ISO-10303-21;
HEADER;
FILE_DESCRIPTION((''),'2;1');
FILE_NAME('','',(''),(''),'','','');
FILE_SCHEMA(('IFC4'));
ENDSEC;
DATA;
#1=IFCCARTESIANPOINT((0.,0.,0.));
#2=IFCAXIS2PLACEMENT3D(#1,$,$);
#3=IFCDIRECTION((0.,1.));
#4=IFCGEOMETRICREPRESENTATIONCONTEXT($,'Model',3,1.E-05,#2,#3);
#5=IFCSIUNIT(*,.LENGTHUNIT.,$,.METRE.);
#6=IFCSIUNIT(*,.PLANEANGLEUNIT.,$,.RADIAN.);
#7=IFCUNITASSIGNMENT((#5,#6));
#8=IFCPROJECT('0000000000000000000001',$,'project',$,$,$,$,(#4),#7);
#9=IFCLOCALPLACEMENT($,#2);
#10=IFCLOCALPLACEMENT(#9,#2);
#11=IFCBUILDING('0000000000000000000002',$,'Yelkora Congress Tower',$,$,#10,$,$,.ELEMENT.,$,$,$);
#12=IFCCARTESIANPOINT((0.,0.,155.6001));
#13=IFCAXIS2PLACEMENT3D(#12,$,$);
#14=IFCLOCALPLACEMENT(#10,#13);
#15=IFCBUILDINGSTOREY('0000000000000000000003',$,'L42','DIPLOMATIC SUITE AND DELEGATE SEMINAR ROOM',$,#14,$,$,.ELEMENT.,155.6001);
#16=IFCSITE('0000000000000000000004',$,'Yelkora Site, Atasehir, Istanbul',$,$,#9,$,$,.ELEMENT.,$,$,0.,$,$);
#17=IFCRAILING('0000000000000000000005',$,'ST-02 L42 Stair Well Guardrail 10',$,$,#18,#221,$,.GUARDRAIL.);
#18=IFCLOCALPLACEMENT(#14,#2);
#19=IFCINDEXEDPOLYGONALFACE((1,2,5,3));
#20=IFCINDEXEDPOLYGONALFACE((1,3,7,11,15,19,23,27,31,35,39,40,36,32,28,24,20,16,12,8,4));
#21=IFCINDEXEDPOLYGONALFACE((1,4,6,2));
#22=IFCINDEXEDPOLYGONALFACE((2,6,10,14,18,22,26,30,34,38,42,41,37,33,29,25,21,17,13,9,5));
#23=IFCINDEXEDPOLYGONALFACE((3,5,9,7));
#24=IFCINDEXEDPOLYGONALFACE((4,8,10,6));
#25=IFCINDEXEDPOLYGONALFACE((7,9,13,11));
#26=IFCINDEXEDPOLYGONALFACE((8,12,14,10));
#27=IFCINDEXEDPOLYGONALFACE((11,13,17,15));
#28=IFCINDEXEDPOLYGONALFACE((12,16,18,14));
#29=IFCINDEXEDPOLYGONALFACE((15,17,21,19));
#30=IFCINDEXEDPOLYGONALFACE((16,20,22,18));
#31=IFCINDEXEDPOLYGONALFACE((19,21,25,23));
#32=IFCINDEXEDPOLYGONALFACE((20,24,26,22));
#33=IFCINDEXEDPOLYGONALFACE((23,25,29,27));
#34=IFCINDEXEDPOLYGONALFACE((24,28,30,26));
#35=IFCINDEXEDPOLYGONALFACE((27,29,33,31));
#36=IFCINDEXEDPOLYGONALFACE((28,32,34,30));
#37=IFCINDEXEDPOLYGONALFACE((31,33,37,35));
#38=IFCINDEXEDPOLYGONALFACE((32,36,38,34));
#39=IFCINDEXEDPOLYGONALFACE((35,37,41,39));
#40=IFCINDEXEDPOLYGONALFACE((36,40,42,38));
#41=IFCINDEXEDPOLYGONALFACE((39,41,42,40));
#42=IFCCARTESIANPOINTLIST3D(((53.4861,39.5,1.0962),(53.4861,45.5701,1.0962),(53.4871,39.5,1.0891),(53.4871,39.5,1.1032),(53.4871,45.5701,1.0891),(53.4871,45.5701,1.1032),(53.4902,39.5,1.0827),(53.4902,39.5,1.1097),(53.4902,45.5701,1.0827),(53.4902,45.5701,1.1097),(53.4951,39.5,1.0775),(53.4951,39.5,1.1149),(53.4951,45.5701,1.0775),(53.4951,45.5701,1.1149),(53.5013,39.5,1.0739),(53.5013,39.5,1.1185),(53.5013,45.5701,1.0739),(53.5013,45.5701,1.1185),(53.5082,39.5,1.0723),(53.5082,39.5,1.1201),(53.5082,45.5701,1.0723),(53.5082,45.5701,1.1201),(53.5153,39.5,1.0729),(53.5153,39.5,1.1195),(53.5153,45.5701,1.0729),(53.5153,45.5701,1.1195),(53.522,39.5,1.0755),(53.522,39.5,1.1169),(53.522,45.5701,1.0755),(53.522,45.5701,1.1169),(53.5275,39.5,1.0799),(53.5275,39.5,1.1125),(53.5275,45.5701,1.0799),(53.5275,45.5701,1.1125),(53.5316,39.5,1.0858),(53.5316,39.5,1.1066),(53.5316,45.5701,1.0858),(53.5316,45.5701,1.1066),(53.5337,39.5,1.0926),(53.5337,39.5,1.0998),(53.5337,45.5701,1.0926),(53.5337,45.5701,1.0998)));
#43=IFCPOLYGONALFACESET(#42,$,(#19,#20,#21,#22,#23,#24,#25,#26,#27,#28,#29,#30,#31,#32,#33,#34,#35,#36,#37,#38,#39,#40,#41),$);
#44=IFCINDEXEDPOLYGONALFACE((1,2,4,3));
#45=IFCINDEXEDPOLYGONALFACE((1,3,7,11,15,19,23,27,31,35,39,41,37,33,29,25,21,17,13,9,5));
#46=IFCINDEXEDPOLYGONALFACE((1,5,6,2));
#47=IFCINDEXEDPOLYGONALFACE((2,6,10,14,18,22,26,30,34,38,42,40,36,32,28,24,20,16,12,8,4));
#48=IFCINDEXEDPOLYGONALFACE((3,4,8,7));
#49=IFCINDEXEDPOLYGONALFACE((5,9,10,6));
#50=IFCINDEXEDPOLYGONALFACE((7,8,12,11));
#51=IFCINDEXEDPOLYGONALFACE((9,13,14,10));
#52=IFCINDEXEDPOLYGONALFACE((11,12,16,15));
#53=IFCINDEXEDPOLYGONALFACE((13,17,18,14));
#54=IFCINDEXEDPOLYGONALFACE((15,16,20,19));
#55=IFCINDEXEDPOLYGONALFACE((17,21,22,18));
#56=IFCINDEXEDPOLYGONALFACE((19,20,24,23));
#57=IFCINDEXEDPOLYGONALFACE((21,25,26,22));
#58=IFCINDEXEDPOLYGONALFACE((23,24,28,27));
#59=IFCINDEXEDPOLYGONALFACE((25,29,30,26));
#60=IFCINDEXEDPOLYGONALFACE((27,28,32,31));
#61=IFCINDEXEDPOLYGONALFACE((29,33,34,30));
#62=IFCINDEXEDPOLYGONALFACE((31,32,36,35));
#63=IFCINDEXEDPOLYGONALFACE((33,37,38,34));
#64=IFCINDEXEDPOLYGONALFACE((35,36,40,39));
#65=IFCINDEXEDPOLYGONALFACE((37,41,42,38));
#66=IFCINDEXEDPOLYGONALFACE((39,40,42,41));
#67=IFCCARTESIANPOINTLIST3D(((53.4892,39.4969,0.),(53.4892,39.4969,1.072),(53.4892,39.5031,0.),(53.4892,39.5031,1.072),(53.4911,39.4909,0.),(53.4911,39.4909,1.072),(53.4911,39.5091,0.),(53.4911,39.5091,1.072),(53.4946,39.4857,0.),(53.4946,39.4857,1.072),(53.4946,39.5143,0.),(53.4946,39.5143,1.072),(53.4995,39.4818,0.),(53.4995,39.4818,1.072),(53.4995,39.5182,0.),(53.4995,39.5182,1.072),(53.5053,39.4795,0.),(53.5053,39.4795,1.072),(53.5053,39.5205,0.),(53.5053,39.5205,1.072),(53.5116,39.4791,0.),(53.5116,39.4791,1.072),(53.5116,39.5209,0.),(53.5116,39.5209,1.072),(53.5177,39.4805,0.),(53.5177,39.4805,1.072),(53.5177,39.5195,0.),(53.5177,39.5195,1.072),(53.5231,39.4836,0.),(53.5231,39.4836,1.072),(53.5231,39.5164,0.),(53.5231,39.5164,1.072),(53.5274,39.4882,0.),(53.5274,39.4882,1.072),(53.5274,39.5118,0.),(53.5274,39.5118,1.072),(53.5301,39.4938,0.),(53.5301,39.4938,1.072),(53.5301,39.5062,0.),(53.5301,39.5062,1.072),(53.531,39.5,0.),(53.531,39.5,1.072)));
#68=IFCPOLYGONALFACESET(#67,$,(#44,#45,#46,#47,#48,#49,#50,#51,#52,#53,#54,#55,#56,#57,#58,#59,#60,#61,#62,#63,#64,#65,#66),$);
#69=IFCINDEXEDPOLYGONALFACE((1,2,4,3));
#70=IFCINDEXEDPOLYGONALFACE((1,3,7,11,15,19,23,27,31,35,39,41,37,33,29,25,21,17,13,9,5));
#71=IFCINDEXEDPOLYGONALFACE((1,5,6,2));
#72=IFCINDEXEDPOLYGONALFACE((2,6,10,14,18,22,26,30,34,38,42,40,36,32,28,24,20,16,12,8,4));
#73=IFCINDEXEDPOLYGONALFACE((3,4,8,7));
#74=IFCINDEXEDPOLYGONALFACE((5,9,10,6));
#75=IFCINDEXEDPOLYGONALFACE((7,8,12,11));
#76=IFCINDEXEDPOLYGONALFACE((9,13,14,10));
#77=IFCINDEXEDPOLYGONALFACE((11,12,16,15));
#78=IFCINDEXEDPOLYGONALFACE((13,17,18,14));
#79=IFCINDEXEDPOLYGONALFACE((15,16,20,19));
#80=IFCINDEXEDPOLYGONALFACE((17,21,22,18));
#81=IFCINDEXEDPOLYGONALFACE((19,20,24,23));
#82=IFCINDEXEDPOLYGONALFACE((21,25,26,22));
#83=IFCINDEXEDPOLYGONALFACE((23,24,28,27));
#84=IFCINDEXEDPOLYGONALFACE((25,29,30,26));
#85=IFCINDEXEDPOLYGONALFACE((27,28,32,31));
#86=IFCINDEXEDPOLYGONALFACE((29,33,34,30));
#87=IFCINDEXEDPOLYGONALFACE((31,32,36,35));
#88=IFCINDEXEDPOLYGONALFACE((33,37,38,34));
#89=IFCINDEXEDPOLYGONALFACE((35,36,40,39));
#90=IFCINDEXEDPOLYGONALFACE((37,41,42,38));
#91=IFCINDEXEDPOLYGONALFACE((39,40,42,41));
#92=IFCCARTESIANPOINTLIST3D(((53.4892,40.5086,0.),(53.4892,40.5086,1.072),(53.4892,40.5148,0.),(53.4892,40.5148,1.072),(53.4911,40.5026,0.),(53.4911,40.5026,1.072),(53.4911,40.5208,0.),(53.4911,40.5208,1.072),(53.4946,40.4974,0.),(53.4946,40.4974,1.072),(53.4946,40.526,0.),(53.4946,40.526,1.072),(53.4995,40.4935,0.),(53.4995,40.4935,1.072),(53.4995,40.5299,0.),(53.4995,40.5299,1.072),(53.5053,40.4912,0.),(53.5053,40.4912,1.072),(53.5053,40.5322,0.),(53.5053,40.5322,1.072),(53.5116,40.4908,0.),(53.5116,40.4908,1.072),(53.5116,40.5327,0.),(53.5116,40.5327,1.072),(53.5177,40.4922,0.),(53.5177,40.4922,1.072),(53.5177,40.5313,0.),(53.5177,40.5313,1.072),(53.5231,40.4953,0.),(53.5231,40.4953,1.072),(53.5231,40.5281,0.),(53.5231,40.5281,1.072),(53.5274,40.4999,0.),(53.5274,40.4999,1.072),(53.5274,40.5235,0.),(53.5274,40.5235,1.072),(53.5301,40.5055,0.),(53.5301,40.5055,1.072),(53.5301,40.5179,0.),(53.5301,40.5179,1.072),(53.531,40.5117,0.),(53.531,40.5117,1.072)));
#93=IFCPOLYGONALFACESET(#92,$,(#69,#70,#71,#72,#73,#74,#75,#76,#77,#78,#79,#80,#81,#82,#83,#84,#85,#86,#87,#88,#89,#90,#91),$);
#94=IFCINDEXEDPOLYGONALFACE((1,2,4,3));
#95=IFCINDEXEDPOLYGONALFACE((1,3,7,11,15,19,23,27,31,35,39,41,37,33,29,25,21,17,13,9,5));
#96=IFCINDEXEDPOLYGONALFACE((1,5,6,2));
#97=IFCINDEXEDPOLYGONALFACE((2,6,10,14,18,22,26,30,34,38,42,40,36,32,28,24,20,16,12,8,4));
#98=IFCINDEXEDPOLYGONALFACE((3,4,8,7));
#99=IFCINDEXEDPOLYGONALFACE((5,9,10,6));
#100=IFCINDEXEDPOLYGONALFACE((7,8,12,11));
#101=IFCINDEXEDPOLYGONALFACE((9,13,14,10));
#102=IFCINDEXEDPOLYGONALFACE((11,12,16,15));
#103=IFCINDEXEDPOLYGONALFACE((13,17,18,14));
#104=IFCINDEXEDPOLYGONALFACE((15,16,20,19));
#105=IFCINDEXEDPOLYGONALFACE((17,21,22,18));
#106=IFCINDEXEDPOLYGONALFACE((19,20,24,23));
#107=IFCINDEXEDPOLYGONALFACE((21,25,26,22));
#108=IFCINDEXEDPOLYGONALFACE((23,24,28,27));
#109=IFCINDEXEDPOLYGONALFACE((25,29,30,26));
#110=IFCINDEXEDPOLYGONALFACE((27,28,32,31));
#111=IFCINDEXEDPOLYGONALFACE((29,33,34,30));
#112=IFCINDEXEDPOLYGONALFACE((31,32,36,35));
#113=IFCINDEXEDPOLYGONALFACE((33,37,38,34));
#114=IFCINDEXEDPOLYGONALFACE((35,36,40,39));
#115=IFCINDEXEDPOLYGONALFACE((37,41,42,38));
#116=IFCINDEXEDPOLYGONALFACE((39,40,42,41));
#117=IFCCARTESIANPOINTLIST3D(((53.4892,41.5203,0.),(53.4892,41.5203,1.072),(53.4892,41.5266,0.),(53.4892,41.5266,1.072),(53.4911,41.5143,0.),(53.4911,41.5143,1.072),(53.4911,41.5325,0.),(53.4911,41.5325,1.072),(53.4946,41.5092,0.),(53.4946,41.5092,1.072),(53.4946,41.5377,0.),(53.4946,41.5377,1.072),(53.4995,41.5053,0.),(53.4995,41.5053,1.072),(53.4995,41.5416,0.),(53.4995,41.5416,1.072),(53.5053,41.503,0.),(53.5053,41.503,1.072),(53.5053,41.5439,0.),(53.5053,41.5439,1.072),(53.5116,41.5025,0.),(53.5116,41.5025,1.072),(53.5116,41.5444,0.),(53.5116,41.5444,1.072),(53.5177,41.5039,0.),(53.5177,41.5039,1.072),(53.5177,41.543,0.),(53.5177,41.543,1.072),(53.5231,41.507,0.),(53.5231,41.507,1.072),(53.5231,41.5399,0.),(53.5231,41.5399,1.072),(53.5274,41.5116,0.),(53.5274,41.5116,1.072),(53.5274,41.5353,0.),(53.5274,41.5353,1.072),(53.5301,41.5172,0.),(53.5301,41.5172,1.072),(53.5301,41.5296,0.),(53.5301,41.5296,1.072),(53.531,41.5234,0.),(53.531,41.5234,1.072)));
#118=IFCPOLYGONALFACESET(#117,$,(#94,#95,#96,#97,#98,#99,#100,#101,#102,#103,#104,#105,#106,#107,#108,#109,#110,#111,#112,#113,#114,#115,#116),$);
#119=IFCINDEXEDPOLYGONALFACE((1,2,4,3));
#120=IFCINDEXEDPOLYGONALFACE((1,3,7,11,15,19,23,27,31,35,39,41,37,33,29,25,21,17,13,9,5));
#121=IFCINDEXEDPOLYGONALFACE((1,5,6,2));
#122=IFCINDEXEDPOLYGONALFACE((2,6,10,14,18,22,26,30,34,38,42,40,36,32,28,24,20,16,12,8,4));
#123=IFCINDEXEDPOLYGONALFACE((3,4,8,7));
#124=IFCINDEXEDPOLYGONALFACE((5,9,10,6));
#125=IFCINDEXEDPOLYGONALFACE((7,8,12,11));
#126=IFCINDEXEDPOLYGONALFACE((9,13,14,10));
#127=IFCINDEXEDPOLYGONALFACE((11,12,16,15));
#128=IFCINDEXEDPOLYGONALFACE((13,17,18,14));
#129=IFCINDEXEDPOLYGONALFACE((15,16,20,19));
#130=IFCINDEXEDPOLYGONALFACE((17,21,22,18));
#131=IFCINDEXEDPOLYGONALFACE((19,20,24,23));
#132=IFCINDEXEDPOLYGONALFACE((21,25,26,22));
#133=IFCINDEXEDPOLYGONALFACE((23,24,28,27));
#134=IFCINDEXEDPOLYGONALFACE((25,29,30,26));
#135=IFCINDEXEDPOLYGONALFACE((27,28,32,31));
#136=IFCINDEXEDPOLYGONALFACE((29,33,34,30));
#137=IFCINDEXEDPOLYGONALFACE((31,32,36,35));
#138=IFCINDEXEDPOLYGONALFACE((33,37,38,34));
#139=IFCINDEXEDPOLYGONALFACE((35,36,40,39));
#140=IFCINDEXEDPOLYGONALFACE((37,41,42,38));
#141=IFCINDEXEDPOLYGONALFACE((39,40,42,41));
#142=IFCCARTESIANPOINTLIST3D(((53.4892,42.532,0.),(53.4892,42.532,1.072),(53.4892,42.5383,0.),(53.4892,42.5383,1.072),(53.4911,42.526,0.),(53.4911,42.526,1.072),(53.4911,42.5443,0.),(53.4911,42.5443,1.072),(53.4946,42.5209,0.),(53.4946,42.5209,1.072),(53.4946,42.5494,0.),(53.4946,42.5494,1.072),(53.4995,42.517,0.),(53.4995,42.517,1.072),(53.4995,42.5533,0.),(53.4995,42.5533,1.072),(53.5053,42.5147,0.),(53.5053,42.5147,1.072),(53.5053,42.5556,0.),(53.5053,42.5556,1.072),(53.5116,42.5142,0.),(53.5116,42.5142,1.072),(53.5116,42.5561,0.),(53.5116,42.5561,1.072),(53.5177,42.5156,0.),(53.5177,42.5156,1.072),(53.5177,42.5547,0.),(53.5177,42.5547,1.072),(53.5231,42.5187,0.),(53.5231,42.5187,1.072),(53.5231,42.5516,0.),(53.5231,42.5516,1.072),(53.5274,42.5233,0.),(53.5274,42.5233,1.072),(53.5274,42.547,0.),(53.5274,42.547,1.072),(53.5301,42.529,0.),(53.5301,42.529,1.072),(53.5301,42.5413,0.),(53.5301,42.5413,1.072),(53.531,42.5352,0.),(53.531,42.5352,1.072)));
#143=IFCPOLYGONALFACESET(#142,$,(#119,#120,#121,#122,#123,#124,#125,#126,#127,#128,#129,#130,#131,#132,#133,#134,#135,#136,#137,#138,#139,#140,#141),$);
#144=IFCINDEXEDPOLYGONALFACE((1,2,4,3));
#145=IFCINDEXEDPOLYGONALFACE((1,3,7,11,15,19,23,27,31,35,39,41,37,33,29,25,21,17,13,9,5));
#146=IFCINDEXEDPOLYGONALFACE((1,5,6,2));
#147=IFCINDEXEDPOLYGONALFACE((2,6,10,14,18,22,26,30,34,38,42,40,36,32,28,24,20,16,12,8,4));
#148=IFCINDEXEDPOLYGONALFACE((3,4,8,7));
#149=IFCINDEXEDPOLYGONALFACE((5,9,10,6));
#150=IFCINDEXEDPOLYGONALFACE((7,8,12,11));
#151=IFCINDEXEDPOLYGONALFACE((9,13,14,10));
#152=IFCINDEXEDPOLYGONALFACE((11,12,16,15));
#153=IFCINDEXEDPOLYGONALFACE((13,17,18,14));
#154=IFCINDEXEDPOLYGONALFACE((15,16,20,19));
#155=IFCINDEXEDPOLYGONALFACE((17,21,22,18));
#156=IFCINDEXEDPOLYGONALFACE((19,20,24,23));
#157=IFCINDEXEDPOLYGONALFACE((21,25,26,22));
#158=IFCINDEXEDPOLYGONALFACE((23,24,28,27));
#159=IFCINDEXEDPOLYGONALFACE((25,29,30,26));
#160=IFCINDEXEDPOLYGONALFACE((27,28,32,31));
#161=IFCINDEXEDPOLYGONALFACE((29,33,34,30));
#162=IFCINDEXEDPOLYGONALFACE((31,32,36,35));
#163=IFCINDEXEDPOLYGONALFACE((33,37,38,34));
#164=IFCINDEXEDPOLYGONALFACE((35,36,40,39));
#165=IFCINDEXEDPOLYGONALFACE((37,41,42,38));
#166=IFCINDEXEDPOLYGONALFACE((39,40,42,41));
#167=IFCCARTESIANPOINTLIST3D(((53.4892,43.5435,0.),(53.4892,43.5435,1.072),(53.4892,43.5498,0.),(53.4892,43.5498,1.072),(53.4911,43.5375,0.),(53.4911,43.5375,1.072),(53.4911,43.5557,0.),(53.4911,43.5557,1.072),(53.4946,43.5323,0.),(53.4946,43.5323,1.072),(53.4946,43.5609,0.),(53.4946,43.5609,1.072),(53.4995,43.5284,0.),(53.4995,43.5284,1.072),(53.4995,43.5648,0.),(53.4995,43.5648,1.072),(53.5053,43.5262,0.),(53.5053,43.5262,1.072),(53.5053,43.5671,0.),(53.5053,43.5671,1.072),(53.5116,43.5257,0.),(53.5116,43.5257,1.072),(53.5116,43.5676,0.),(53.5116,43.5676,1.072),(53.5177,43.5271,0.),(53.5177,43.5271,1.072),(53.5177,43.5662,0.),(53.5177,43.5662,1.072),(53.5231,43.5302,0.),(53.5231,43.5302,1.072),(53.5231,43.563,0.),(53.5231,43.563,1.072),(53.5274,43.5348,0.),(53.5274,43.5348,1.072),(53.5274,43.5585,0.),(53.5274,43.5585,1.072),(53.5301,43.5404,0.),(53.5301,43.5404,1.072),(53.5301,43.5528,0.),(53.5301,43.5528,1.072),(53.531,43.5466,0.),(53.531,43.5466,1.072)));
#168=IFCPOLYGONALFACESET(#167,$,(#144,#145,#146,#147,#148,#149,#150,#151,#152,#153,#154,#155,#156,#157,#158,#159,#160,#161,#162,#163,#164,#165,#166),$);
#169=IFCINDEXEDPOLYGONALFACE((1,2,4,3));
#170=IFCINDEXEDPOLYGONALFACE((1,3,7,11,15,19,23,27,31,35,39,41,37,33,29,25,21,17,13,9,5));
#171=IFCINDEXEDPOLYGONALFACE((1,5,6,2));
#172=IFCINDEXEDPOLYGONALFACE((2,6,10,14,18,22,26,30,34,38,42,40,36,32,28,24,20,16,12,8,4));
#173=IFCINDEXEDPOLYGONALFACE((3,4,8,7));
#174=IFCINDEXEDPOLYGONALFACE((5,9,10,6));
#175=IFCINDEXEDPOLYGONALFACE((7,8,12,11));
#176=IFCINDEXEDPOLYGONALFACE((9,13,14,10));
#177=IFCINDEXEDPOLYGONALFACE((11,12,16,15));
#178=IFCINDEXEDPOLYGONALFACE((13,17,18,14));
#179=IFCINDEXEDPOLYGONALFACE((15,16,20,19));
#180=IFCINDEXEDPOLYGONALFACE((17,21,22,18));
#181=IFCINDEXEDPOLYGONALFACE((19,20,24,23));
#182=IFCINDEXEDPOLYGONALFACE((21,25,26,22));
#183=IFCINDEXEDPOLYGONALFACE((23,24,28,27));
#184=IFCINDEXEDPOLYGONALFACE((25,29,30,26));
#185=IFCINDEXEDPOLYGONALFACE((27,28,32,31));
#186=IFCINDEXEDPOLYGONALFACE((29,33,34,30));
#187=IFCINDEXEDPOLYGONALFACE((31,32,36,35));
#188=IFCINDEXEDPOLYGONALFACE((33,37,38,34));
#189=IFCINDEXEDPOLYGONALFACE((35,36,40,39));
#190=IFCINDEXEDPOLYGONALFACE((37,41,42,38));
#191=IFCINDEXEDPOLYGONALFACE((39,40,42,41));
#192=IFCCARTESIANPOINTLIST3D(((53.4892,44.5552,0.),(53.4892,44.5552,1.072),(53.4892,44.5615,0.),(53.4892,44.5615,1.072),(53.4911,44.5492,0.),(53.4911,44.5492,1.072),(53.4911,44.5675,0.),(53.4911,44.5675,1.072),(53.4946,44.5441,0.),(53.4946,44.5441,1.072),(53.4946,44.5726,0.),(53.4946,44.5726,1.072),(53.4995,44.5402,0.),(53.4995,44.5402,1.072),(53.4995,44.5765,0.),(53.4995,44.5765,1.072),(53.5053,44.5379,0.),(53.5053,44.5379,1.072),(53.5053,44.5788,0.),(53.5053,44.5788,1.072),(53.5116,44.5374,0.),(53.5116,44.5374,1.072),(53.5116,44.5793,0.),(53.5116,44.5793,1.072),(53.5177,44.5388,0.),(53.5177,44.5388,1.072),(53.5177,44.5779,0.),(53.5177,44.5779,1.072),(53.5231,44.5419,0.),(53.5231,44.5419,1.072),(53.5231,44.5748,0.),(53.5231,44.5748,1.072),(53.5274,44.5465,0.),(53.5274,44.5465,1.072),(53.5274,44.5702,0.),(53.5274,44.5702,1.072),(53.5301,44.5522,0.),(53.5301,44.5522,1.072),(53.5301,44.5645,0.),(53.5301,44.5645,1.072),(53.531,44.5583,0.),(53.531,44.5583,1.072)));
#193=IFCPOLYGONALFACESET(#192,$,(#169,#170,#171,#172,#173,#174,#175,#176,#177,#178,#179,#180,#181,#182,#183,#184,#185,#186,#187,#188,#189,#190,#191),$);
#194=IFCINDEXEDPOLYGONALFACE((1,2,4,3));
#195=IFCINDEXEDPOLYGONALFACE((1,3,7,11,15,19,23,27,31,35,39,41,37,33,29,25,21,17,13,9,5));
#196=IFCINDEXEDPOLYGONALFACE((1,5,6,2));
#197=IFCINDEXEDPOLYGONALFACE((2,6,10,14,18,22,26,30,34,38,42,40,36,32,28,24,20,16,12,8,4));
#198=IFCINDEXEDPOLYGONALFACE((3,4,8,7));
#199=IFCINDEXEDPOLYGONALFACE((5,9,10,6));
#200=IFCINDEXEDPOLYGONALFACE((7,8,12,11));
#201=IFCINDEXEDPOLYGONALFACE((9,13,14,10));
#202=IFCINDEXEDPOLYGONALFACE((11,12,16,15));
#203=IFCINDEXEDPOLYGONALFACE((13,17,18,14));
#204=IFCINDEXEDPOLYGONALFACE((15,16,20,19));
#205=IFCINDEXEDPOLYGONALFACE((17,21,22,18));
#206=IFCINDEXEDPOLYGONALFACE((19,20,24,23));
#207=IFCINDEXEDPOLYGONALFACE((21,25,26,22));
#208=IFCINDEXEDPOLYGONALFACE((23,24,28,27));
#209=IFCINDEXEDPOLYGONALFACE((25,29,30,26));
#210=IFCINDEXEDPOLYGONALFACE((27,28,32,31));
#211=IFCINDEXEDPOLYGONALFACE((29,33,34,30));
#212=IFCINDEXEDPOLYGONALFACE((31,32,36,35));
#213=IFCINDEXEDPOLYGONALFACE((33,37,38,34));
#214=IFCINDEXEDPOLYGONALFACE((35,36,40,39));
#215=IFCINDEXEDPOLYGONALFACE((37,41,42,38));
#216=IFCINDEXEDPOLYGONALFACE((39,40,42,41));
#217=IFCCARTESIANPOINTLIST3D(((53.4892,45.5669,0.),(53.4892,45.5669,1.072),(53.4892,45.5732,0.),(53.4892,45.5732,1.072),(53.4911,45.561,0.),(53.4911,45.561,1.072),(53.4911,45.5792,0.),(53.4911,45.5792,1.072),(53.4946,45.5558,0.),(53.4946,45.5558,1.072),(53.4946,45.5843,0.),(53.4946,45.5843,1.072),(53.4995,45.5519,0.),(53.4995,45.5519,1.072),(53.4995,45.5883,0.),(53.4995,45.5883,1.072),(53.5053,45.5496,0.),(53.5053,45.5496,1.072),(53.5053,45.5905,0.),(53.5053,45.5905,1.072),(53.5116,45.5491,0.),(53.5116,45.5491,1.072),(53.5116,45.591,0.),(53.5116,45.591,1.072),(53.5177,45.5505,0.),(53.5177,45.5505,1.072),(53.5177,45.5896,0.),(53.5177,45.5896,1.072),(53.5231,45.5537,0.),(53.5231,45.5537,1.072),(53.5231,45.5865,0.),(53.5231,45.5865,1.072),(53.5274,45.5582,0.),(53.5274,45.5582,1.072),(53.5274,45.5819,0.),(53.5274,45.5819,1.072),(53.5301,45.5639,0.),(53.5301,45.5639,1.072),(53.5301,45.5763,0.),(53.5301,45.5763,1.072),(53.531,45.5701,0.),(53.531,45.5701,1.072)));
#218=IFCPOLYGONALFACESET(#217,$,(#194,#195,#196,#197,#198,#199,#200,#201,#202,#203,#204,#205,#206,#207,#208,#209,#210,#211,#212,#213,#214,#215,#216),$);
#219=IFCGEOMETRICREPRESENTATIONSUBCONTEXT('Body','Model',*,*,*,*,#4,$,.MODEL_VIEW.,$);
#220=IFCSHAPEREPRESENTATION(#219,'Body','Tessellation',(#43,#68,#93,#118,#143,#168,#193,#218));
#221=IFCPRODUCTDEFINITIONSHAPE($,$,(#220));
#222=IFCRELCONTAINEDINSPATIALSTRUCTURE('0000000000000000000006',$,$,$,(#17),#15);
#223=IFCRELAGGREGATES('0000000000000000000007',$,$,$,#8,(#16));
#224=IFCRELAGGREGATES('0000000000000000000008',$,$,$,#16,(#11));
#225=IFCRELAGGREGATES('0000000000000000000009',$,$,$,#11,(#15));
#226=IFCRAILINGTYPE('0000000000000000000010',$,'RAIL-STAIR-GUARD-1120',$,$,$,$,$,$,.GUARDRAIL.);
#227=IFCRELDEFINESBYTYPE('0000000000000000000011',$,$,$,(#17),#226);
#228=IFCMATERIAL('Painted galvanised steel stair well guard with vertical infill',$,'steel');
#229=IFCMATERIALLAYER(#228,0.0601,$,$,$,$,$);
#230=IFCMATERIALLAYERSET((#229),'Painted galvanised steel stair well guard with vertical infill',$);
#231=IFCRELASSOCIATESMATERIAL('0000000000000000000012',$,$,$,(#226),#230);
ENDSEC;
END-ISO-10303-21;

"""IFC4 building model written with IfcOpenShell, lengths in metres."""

from ifc_helpers import new_model, si_unit, direction, frame, origin, origin_2d, place, context, subcontext, project, spatial, circle, extrude, material, layer, layer_set, type_object, element, save


model = new_model("IFC4")

# Units and contexts
model_context = context("Model", 3, precision=1e-05, world=origin(), true_north=direction((0.0, 1.0)))
body_context = subcontext(model_context, "Body", "Model", "MODEL_VIEW")
ifc_project = project(units=[si_unit("LENGTHUNIT", "METRE"), si_unit("PLANEANGLEUNIT", "RADIAN")], contexts=[model_context])

# Site, building, storey
site_placement = place(None, origin())
site = spatial("IfcSite", under=ifc_project, at=site_placement, Name="Yelkora Site, Atasehir, Istanbul", CompositionType="ELEMENT", RefElevation=0.0)
building_placement = place(site_placement, origin())
building = spatial("IfcBuilding", under=site, at=building_placement, Name="Yelkora Congress Tower", CompositionType="ELEMENT")
storey_placement = place(building_placement, frame((0.0, 0.0, 155.6001)))
storey = spatial("IfcBuildingStorey", under=building, at=storey_placement, Name="L42", Description="DIPLOMATIC SUITE AND DELEGATE SEMINAR ROOM", CompositionType="ELEMENT", Elevation=155.6001)

# Railing
ifc_material_1 = material(Name="Painted galvanised steel stair well guard with vertical infill", Category="steel")
ifc_layer_1 = layer(ifc_material_1, 0.0601)
ifc_layer_set_1 = layer_set([ifc_layer_1], Name="Painted galvanised steel stair well guard with vertical infill")
railing_type_1 = type_object("IfcRailingType", Name="RAIL-STAIR-GUARD-1120", PredefinedType="GUARDRAIL", material=ifc_layer_set_1)
railing_1_placement = place(storey_placement, frame((53.51, 39.5, 0.0)))
element("IfcRailing", 1, at=railing_1_placement, inside=storey, type_object=railing_type_1, Name="ST-02 L42 Stair Well Guardrail 10", PredefinedType="GUARDRAIL", context=body_context, shape_type="SweptSolid", body=[
    extrude(circle(Radius=0.0239, at=origin_2d()), frame((0.0, 0.0, 1.0962), z_axis=(0.0, 1.0, 0.0), x_axis=(-1.0, 0.0, 0.0)), (0.0, 0.0, 1.0), 6.0701),
    extrude(circle(Radius=0.021, at=origin_2d()), origin(), (0.0, 0.0, 1.0), 1.072),
    extrude(circle(Radius=0.021, at=origin_2d()), frame((0.0, 1.0117, 0.0)), (0.0, 0.0, 1.0), 1.072),
    extrude(circle(Radius=0.021, at=origin_2d()), frame((0.0, 2.0234, 0.0)), (0.0, 0.0, 1.0), 1.072),
    extrude(circle(Radius=0.021, at=origin_2d()), frame((0.0, 3.0352, 0.0)), (0.0, 0.0, 1.0), 1.072),
    extrude(circle(Radius=0.021, at=origin_2d()), frame((0.0, 4.0466, 0.0)), (0.0, 0.0, 1.0), 1.072),
    extrude(circle(Radius=0.021, at=origin_2d()), frame((0.0, 5.0583, 0.0)), (0.0, 0.0, 1.0), 1.072),
    extrude(circle(Radius=0.021, at=origin_2d()), frame((0.0, 6.0701, 0.0)), (0.0, 0.0, 1.0), 1.072),
])

save(model, "model.ifc")
